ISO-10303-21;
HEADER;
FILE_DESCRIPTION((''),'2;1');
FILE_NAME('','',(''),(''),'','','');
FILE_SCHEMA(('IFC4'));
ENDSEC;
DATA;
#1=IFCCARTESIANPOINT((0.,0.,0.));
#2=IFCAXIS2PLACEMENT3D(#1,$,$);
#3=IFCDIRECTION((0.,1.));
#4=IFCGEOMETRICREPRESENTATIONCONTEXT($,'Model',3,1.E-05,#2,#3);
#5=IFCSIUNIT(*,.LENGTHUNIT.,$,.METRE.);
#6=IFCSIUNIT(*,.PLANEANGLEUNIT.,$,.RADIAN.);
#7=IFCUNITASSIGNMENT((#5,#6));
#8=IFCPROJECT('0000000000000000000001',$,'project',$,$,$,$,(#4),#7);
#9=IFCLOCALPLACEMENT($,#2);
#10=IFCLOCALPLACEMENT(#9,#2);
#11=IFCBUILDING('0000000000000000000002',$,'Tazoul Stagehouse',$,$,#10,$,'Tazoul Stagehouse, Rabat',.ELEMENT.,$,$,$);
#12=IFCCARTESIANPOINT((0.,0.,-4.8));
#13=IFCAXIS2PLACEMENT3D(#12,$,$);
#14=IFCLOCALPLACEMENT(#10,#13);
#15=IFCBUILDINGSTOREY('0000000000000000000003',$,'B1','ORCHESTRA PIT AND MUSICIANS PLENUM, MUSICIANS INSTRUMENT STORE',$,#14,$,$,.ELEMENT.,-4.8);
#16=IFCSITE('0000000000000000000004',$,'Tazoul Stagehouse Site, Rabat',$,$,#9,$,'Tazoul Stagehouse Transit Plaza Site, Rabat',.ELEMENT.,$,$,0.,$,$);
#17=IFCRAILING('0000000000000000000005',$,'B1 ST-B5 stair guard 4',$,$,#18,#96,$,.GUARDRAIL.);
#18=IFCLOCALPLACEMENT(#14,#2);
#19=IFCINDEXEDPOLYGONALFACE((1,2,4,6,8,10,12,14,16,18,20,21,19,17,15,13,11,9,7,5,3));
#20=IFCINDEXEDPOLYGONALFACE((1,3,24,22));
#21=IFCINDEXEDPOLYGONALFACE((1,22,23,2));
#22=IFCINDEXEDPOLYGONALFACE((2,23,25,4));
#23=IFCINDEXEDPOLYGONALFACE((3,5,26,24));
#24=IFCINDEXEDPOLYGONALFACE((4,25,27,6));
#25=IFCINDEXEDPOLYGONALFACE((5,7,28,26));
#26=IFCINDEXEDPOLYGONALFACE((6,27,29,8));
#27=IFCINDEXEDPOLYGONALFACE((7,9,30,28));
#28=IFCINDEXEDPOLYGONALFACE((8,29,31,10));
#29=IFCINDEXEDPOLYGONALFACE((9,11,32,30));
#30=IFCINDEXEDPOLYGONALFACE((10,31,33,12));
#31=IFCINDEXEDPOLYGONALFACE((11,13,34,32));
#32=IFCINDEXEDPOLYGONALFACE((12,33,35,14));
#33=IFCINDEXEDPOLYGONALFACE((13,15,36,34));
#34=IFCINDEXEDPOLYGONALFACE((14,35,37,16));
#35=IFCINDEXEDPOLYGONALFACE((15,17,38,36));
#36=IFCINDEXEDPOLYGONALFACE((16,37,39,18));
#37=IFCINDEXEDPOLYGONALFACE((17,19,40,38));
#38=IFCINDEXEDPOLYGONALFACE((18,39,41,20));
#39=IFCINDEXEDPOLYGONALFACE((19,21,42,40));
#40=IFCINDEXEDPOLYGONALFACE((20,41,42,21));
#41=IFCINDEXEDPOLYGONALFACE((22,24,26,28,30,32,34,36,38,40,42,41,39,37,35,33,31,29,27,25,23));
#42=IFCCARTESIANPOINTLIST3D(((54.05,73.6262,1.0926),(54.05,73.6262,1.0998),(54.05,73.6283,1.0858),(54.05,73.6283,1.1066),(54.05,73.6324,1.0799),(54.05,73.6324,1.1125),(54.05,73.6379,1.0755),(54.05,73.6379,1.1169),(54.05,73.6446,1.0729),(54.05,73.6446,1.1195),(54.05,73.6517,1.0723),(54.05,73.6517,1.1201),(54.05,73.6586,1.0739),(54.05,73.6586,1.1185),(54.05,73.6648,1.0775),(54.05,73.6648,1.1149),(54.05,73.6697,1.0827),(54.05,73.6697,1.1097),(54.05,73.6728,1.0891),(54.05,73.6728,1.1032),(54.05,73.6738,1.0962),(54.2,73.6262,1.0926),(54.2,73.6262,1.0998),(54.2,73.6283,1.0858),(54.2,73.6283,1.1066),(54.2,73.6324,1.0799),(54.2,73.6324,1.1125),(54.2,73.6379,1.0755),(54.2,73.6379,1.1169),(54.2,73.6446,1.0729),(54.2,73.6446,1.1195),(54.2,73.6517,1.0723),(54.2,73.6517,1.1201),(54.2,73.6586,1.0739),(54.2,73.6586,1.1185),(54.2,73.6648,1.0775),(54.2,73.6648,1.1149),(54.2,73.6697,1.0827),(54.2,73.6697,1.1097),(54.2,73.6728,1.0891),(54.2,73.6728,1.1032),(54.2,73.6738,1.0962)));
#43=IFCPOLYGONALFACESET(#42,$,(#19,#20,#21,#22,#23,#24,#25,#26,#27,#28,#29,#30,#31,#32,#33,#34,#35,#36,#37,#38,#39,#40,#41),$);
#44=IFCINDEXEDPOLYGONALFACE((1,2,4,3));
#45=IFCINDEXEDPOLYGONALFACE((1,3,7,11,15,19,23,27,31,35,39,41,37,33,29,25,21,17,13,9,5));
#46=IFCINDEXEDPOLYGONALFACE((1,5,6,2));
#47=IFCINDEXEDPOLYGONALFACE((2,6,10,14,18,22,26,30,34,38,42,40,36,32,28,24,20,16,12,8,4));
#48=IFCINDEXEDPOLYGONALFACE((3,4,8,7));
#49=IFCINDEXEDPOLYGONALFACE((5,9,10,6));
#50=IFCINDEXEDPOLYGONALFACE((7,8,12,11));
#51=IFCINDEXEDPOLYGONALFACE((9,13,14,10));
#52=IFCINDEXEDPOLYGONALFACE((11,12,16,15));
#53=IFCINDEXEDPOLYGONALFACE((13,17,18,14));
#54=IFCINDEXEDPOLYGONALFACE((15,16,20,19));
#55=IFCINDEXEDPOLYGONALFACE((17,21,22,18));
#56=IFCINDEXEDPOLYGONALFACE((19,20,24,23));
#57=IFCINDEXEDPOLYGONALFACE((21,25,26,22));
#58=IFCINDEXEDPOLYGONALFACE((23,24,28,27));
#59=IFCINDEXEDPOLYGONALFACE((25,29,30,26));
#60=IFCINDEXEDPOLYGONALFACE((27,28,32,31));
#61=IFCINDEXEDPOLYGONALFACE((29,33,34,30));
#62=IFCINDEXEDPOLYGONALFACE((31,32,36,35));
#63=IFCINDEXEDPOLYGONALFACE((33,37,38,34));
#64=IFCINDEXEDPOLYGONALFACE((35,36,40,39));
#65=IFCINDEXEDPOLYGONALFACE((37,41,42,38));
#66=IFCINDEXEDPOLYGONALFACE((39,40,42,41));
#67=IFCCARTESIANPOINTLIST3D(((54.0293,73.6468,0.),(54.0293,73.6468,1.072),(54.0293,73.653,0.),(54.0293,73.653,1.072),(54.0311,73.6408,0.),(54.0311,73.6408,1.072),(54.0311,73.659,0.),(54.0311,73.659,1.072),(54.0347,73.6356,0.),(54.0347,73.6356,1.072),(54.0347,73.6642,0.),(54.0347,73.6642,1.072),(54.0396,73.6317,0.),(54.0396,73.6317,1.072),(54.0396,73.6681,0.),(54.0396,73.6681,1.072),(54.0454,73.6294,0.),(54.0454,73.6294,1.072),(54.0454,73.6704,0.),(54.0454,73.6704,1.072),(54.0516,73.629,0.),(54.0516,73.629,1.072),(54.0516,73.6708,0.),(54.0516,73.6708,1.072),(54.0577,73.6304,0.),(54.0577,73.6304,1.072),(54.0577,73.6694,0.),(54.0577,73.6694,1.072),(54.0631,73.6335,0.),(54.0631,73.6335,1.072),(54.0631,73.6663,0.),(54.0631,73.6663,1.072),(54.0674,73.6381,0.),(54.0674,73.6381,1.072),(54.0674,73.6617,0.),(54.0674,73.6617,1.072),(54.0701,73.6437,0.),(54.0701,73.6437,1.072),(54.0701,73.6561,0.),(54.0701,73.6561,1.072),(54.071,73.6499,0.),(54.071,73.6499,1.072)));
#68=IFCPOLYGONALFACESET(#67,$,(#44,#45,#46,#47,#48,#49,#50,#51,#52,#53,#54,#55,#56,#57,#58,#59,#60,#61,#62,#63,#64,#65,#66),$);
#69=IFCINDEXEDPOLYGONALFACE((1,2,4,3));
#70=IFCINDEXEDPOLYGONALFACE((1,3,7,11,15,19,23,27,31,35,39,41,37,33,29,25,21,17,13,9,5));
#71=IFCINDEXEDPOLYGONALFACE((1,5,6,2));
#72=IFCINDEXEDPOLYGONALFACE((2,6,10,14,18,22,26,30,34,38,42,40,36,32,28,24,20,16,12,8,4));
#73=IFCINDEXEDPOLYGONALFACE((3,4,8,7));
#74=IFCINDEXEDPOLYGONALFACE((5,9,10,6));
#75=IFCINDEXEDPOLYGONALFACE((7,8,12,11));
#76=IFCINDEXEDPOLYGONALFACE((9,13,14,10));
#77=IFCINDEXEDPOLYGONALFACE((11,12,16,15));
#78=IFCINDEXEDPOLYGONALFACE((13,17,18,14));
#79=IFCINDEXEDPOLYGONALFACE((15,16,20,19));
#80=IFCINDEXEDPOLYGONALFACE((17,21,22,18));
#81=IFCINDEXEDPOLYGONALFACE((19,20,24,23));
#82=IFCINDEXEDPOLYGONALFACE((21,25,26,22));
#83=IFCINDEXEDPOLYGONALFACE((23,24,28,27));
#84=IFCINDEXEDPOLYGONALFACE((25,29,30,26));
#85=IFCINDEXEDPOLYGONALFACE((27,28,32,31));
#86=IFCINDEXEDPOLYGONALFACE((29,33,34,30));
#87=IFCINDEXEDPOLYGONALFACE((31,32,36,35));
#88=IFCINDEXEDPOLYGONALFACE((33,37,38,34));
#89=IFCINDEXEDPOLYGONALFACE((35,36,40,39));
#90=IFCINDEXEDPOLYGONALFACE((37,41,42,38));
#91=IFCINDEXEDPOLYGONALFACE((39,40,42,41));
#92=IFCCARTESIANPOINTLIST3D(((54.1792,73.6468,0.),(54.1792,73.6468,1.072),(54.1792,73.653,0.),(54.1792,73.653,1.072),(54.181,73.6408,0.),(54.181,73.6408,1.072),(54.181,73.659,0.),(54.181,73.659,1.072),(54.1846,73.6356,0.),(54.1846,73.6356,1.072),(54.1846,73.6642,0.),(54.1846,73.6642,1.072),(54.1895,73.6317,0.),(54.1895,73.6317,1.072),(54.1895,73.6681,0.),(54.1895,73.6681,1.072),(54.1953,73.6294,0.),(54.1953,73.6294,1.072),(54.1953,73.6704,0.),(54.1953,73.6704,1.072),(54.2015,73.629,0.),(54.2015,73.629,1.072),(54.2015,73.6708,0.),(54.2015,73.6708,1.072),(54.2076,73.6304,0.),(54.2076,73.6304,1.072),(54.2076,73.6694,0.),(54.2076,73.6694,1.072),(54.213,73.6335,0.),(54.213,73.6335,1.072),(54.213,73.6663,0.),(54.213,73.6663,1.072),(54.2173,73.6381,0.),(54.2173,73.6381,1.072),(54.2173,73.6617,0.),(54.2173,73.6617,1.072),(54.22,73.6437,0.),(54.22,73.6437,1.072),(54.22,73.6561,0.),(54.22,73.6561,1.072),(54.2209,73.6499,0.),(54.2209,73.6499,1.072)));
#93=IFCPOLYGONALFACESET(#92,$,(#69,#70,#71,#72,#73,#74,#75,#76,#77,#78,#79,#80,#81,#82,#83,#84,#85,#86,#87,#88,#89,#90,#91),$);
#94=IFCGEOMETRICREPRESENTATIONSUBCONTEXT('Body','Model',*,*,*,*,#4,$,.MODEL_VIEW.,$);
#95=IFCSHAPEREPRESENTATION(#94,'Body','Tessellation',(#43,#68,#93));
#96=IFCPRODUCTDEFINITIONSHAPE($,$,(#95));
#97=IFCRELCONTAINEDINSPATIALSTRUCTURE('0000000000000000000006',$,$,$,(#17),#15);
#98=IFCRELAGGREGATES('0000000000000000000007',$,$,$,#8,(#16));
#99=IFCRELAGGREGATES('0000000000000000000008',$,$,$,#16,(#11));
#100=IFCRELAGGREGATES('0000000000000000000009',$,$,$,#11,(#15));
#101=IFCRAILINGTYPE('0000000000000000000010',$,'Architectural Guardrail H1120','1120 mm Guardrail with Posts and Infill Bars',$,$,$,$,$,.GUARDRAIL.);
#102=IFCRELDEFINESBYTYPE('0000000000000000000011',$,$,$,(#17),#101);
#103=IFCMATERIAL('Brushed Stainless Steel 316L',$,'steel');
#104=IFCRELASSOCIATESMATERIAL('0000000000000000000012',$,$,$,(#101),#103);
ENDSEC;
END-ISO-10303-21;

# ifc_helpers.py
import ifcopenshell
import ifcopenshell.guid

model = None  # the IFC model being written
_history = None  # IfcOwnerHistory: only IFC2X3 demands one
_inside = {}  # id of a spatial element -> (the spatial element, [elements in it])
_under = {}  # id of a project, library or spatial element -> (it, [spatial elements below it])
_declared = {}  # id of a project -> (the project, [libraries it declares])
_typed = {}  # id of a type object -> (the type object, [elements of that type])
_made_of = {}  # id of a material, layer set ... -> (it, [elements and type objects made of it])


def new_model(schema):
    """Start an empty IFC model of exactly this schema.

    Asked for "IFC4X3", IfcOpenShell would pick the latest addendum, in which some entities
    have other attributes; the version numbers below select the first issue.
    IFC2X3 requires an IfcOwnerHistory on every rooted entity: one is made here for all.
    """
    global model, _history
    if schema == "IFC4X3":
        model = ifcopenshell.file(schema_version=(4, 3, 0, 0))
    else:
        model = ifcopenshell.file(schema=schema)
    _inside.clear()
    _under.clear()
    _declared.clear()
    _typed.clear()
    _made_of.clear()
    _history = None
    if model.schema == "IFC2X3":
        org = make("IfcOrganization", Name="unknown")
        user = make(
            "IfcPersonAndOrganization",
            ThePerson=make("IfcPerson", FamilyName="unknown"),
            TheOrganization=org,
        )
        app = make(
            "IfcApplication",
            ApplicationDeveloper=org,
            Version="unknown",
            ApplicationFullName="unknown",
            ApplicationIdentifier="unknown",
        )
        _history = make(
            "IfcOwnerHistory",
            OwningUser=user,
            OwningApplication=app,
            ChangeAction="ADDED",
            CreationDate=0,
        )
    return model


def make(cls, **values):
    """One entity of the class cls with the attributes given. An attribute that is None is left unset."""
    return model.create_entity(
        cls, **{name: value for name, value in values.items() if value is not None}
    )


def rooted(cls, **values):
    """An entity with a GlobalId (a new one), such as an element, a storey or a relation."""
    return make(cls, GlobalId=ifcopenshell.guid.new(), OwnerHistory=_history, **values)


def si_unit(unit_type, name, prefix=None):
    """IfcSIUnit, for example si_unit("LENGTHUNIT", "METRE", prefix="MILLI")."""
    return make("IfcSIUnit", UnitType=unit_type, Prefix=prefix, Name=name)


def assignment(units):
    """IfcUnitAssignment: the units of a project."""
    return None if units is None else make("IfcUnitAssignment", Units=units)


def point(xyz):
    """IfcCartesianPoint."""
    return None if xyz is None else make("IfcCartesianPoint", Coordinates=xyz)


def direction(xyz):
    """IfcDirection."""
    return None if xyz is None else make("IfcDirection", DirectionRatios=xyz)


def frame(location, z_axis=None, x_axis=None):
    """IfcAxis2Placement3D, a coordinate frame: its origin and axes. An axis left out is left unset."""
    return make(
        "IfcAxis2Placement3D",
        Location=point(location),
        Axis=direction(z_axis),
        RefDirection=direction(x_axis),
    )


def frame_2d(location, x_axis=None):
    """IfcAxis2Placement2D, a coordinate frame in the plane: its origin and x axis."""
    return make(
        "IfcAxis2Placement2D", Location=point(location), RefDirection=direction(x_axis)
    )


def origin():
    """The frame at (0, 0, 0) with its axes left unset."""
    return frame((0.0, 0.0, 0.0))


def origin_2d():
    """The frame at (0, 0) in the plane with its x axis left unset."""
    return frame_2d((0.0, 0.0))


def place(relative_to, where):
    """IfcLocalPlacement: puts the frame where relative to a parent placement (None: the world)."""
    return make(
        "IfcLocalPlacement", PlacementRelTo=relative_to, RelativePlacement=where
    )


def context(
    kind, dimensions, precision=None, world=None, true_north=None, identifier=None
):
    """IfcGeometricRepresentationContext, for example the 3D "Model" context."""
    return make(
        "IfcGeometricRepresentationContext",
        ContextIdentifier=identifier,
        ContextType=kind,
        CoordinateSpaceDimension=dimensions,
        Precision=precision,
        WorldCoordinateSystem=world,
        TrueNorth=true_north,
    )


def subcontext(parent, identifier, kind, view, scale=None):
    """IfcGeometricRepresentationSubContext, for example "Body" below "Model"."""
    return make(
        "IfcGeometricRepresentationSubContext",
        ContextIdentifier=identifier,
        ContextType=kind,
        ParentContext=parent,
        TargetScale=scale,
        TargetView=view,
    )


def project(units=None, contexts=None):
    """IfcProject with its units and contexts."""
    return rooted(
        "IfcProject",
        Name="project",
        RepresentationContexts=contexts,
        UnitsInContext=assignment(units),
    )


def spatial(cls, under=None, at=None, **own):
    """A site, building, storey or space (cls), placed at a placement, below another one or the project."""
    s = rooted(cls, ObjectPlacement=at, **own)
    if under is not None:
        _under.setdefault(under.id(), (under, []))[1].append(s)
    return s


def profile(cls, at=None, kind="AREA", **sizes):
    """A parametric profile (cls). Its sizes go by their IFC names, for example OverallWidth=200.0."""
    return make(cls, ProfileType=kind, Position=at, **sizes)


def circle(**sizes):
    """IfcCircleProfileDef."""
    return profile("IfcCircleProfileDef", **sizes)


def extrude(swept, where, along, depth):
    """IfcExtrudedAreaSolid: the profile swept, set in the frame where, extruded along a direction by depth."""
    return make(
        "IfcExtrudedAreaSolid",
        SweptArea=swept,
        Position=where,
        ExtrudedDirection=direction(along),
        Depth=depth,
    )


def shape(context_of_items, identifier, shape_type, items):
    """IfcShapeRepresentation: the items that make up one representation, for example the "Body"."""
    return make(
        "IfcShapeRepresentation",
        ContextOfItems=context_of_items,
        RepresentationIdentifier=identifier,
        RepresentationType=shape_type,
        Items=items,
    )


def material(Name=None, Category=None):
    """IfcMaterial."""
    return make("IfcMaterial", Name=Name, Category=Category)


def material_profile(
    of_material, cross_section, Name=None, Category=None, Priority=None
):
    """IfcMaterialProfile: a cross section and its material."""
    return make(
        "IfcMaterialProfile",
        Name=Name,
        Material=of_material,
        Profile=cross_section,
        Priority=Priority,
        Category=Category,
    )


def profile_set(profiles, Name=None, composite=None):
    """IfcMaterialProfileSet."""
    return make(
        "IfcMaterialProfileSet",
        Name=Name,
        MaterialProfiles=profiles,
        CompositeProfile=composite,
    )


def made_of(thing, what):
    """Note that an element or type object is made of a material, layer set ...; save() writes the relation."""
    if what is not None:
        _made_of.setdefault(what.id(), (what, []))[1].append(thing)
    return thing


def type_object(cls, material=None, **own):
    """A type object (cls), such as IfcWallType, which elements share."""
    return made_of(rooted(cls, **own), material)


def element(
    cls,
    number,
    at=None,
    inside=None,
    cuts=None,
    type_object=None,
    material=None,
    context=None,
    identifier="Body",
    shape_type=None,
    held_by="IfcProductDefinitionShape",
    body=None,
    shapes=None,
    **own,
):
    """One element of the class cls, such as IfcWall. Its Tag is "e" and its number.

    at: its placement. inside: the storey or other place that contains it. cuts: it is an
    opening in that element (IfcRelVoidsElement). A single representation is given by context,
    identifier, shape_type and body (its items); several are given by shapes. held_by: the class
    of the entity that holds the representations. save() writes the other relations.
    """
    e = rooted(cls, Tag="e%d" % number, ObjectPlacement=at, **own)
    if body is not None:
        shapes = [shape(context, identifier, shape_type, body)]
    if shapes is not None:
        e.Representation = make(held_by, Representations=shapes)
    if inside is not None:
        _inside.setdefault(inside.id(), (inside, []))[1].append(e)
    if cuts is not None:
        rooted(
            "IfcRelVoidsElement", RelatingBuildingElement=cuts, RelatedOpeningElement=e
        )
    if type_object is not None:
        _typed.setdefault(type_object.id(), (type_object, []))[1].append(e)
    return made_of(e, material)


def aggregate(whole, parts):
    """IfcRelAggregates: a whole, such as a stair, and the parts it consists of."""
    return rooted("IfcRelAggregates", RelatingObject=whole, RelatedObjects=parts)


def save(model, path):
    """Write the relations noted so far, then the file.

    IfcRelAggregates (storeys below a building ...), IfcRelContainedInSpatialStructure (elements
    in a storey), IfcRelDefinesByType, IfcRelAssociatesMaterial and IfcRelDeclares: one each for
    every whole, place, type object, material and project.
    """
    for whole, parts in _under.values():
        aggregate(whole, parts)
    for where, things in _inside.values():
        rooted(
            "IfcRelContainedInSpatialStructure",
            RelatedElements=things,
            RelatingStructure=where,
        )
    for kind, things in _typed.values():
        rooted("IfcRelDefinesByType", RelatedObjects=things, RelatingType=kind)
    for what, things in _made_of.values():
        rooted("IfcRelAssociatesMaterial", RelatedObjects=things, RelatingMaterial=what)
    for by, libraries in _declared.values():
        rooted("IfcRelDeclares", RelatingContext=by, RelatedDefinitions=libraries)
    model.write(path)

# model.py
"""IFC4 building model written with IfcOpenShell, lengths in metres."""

from ifc_helpers import new_model, si_unit, direction, frame, origin, origin_2d, place, context, subcontext, project, spatial, circle, extrude, material, material_profile, profile_set, type_object, element, save


model = new_model("IFC4")

# Units and contexts
model_context = context("Model", 3, precision=1e-05, world=origin(), true_north=direction((0.0, 1.0)))
body_context = subcontext(model_context, "Body", "Model", "MODEL_VIEW")
ifc_project = project(units=[si_unit("LENGTHUNIT", "METRE"), si_unit("PLANEANGLEUNIT", "RADIAN")], contexts=[model_context])

# Site, building, storey
site_placement = place(None, origin())
site = spatial("IfcSite", under=ifc_project, at=site_placement, Name="Tazoul Stagehouse Site, Rabat", LongName="Tazoul Stagehouse Transit Plaza Site, Rabat", CompositionType="ELEMENT", RefElevation=0.0)
building_placement = place(site_placement, origin())
building = spatial("IfcBuilding", under=site, at=building_placement, Name="Tazoul Stagehouse", LongName="Tazoul Stagehouse, Rabat", CompositionType="ELEMENT")
storey_placement = place(building_placement, frame((0.0, 0.0, -4.8)))
storey = spatial("IfcBuildingStorey", under=building, at=storey_placement, Name="B1", Description="ORCHESTRA PIT AND MUSICIANS PLENUM, MUSICIANS INSTRUMENT STORE", CompositionType="ELEMENT", Elevation=-4.8)

# Railing
ifc_material_1 = material(Name="Brushed Stainless Steel 316L", Category="steel")
ifc_material_profile_1 = material_profile(ifc_material_1, circle(Radius=0.0239, at=origin_2d()), Name="SS RAIL D48")
ifc_profile_set_1 = profile_set([ifc_material_profile_1], Name="Brushed Stainless Steel 316L")
railing_type_1 = type_object("IfcRailingType", Name="Architectural Guardrail H1120", Description="1120 mm Guardrail with Posts and Infill Bars", PredefinedType="GUARDRAIL", material=ifc_profile_set_1)
railing_1_placement = place(storey_placement, frame((54.05, 73.6499, 0.0)))
element("IfcRailing", 1, at=railing_1_placement, inside=storey, type_object=railing_type_1, Name="B1 ST-B5 stair guard 4", PredefinedType="GUARDRAIL", context=body_context, shape_type="SweptSolid", body=[
    extrude(circle(Radius=0.0239, at=origin_2d()), frame((0.0, 0.0, 1.0962), z_axis=(1.0, 0.0, 0.0), x_axis=(0.0, 1.0, 0.0)), (0.0, 0.0, 1.0), 0.1499),
    extrude(circle(Radius=0.021, at=origin_2d()), origin(), (0.0, 0.0, 1.0), 1.072),
    extrude(circle(Radius=0.021, at=origin_2d()), frame((0.1499, 0.0, 0.0)), (0.0, 0.0, 1.0), 1.072),
])

save(model, "model.ifc")
